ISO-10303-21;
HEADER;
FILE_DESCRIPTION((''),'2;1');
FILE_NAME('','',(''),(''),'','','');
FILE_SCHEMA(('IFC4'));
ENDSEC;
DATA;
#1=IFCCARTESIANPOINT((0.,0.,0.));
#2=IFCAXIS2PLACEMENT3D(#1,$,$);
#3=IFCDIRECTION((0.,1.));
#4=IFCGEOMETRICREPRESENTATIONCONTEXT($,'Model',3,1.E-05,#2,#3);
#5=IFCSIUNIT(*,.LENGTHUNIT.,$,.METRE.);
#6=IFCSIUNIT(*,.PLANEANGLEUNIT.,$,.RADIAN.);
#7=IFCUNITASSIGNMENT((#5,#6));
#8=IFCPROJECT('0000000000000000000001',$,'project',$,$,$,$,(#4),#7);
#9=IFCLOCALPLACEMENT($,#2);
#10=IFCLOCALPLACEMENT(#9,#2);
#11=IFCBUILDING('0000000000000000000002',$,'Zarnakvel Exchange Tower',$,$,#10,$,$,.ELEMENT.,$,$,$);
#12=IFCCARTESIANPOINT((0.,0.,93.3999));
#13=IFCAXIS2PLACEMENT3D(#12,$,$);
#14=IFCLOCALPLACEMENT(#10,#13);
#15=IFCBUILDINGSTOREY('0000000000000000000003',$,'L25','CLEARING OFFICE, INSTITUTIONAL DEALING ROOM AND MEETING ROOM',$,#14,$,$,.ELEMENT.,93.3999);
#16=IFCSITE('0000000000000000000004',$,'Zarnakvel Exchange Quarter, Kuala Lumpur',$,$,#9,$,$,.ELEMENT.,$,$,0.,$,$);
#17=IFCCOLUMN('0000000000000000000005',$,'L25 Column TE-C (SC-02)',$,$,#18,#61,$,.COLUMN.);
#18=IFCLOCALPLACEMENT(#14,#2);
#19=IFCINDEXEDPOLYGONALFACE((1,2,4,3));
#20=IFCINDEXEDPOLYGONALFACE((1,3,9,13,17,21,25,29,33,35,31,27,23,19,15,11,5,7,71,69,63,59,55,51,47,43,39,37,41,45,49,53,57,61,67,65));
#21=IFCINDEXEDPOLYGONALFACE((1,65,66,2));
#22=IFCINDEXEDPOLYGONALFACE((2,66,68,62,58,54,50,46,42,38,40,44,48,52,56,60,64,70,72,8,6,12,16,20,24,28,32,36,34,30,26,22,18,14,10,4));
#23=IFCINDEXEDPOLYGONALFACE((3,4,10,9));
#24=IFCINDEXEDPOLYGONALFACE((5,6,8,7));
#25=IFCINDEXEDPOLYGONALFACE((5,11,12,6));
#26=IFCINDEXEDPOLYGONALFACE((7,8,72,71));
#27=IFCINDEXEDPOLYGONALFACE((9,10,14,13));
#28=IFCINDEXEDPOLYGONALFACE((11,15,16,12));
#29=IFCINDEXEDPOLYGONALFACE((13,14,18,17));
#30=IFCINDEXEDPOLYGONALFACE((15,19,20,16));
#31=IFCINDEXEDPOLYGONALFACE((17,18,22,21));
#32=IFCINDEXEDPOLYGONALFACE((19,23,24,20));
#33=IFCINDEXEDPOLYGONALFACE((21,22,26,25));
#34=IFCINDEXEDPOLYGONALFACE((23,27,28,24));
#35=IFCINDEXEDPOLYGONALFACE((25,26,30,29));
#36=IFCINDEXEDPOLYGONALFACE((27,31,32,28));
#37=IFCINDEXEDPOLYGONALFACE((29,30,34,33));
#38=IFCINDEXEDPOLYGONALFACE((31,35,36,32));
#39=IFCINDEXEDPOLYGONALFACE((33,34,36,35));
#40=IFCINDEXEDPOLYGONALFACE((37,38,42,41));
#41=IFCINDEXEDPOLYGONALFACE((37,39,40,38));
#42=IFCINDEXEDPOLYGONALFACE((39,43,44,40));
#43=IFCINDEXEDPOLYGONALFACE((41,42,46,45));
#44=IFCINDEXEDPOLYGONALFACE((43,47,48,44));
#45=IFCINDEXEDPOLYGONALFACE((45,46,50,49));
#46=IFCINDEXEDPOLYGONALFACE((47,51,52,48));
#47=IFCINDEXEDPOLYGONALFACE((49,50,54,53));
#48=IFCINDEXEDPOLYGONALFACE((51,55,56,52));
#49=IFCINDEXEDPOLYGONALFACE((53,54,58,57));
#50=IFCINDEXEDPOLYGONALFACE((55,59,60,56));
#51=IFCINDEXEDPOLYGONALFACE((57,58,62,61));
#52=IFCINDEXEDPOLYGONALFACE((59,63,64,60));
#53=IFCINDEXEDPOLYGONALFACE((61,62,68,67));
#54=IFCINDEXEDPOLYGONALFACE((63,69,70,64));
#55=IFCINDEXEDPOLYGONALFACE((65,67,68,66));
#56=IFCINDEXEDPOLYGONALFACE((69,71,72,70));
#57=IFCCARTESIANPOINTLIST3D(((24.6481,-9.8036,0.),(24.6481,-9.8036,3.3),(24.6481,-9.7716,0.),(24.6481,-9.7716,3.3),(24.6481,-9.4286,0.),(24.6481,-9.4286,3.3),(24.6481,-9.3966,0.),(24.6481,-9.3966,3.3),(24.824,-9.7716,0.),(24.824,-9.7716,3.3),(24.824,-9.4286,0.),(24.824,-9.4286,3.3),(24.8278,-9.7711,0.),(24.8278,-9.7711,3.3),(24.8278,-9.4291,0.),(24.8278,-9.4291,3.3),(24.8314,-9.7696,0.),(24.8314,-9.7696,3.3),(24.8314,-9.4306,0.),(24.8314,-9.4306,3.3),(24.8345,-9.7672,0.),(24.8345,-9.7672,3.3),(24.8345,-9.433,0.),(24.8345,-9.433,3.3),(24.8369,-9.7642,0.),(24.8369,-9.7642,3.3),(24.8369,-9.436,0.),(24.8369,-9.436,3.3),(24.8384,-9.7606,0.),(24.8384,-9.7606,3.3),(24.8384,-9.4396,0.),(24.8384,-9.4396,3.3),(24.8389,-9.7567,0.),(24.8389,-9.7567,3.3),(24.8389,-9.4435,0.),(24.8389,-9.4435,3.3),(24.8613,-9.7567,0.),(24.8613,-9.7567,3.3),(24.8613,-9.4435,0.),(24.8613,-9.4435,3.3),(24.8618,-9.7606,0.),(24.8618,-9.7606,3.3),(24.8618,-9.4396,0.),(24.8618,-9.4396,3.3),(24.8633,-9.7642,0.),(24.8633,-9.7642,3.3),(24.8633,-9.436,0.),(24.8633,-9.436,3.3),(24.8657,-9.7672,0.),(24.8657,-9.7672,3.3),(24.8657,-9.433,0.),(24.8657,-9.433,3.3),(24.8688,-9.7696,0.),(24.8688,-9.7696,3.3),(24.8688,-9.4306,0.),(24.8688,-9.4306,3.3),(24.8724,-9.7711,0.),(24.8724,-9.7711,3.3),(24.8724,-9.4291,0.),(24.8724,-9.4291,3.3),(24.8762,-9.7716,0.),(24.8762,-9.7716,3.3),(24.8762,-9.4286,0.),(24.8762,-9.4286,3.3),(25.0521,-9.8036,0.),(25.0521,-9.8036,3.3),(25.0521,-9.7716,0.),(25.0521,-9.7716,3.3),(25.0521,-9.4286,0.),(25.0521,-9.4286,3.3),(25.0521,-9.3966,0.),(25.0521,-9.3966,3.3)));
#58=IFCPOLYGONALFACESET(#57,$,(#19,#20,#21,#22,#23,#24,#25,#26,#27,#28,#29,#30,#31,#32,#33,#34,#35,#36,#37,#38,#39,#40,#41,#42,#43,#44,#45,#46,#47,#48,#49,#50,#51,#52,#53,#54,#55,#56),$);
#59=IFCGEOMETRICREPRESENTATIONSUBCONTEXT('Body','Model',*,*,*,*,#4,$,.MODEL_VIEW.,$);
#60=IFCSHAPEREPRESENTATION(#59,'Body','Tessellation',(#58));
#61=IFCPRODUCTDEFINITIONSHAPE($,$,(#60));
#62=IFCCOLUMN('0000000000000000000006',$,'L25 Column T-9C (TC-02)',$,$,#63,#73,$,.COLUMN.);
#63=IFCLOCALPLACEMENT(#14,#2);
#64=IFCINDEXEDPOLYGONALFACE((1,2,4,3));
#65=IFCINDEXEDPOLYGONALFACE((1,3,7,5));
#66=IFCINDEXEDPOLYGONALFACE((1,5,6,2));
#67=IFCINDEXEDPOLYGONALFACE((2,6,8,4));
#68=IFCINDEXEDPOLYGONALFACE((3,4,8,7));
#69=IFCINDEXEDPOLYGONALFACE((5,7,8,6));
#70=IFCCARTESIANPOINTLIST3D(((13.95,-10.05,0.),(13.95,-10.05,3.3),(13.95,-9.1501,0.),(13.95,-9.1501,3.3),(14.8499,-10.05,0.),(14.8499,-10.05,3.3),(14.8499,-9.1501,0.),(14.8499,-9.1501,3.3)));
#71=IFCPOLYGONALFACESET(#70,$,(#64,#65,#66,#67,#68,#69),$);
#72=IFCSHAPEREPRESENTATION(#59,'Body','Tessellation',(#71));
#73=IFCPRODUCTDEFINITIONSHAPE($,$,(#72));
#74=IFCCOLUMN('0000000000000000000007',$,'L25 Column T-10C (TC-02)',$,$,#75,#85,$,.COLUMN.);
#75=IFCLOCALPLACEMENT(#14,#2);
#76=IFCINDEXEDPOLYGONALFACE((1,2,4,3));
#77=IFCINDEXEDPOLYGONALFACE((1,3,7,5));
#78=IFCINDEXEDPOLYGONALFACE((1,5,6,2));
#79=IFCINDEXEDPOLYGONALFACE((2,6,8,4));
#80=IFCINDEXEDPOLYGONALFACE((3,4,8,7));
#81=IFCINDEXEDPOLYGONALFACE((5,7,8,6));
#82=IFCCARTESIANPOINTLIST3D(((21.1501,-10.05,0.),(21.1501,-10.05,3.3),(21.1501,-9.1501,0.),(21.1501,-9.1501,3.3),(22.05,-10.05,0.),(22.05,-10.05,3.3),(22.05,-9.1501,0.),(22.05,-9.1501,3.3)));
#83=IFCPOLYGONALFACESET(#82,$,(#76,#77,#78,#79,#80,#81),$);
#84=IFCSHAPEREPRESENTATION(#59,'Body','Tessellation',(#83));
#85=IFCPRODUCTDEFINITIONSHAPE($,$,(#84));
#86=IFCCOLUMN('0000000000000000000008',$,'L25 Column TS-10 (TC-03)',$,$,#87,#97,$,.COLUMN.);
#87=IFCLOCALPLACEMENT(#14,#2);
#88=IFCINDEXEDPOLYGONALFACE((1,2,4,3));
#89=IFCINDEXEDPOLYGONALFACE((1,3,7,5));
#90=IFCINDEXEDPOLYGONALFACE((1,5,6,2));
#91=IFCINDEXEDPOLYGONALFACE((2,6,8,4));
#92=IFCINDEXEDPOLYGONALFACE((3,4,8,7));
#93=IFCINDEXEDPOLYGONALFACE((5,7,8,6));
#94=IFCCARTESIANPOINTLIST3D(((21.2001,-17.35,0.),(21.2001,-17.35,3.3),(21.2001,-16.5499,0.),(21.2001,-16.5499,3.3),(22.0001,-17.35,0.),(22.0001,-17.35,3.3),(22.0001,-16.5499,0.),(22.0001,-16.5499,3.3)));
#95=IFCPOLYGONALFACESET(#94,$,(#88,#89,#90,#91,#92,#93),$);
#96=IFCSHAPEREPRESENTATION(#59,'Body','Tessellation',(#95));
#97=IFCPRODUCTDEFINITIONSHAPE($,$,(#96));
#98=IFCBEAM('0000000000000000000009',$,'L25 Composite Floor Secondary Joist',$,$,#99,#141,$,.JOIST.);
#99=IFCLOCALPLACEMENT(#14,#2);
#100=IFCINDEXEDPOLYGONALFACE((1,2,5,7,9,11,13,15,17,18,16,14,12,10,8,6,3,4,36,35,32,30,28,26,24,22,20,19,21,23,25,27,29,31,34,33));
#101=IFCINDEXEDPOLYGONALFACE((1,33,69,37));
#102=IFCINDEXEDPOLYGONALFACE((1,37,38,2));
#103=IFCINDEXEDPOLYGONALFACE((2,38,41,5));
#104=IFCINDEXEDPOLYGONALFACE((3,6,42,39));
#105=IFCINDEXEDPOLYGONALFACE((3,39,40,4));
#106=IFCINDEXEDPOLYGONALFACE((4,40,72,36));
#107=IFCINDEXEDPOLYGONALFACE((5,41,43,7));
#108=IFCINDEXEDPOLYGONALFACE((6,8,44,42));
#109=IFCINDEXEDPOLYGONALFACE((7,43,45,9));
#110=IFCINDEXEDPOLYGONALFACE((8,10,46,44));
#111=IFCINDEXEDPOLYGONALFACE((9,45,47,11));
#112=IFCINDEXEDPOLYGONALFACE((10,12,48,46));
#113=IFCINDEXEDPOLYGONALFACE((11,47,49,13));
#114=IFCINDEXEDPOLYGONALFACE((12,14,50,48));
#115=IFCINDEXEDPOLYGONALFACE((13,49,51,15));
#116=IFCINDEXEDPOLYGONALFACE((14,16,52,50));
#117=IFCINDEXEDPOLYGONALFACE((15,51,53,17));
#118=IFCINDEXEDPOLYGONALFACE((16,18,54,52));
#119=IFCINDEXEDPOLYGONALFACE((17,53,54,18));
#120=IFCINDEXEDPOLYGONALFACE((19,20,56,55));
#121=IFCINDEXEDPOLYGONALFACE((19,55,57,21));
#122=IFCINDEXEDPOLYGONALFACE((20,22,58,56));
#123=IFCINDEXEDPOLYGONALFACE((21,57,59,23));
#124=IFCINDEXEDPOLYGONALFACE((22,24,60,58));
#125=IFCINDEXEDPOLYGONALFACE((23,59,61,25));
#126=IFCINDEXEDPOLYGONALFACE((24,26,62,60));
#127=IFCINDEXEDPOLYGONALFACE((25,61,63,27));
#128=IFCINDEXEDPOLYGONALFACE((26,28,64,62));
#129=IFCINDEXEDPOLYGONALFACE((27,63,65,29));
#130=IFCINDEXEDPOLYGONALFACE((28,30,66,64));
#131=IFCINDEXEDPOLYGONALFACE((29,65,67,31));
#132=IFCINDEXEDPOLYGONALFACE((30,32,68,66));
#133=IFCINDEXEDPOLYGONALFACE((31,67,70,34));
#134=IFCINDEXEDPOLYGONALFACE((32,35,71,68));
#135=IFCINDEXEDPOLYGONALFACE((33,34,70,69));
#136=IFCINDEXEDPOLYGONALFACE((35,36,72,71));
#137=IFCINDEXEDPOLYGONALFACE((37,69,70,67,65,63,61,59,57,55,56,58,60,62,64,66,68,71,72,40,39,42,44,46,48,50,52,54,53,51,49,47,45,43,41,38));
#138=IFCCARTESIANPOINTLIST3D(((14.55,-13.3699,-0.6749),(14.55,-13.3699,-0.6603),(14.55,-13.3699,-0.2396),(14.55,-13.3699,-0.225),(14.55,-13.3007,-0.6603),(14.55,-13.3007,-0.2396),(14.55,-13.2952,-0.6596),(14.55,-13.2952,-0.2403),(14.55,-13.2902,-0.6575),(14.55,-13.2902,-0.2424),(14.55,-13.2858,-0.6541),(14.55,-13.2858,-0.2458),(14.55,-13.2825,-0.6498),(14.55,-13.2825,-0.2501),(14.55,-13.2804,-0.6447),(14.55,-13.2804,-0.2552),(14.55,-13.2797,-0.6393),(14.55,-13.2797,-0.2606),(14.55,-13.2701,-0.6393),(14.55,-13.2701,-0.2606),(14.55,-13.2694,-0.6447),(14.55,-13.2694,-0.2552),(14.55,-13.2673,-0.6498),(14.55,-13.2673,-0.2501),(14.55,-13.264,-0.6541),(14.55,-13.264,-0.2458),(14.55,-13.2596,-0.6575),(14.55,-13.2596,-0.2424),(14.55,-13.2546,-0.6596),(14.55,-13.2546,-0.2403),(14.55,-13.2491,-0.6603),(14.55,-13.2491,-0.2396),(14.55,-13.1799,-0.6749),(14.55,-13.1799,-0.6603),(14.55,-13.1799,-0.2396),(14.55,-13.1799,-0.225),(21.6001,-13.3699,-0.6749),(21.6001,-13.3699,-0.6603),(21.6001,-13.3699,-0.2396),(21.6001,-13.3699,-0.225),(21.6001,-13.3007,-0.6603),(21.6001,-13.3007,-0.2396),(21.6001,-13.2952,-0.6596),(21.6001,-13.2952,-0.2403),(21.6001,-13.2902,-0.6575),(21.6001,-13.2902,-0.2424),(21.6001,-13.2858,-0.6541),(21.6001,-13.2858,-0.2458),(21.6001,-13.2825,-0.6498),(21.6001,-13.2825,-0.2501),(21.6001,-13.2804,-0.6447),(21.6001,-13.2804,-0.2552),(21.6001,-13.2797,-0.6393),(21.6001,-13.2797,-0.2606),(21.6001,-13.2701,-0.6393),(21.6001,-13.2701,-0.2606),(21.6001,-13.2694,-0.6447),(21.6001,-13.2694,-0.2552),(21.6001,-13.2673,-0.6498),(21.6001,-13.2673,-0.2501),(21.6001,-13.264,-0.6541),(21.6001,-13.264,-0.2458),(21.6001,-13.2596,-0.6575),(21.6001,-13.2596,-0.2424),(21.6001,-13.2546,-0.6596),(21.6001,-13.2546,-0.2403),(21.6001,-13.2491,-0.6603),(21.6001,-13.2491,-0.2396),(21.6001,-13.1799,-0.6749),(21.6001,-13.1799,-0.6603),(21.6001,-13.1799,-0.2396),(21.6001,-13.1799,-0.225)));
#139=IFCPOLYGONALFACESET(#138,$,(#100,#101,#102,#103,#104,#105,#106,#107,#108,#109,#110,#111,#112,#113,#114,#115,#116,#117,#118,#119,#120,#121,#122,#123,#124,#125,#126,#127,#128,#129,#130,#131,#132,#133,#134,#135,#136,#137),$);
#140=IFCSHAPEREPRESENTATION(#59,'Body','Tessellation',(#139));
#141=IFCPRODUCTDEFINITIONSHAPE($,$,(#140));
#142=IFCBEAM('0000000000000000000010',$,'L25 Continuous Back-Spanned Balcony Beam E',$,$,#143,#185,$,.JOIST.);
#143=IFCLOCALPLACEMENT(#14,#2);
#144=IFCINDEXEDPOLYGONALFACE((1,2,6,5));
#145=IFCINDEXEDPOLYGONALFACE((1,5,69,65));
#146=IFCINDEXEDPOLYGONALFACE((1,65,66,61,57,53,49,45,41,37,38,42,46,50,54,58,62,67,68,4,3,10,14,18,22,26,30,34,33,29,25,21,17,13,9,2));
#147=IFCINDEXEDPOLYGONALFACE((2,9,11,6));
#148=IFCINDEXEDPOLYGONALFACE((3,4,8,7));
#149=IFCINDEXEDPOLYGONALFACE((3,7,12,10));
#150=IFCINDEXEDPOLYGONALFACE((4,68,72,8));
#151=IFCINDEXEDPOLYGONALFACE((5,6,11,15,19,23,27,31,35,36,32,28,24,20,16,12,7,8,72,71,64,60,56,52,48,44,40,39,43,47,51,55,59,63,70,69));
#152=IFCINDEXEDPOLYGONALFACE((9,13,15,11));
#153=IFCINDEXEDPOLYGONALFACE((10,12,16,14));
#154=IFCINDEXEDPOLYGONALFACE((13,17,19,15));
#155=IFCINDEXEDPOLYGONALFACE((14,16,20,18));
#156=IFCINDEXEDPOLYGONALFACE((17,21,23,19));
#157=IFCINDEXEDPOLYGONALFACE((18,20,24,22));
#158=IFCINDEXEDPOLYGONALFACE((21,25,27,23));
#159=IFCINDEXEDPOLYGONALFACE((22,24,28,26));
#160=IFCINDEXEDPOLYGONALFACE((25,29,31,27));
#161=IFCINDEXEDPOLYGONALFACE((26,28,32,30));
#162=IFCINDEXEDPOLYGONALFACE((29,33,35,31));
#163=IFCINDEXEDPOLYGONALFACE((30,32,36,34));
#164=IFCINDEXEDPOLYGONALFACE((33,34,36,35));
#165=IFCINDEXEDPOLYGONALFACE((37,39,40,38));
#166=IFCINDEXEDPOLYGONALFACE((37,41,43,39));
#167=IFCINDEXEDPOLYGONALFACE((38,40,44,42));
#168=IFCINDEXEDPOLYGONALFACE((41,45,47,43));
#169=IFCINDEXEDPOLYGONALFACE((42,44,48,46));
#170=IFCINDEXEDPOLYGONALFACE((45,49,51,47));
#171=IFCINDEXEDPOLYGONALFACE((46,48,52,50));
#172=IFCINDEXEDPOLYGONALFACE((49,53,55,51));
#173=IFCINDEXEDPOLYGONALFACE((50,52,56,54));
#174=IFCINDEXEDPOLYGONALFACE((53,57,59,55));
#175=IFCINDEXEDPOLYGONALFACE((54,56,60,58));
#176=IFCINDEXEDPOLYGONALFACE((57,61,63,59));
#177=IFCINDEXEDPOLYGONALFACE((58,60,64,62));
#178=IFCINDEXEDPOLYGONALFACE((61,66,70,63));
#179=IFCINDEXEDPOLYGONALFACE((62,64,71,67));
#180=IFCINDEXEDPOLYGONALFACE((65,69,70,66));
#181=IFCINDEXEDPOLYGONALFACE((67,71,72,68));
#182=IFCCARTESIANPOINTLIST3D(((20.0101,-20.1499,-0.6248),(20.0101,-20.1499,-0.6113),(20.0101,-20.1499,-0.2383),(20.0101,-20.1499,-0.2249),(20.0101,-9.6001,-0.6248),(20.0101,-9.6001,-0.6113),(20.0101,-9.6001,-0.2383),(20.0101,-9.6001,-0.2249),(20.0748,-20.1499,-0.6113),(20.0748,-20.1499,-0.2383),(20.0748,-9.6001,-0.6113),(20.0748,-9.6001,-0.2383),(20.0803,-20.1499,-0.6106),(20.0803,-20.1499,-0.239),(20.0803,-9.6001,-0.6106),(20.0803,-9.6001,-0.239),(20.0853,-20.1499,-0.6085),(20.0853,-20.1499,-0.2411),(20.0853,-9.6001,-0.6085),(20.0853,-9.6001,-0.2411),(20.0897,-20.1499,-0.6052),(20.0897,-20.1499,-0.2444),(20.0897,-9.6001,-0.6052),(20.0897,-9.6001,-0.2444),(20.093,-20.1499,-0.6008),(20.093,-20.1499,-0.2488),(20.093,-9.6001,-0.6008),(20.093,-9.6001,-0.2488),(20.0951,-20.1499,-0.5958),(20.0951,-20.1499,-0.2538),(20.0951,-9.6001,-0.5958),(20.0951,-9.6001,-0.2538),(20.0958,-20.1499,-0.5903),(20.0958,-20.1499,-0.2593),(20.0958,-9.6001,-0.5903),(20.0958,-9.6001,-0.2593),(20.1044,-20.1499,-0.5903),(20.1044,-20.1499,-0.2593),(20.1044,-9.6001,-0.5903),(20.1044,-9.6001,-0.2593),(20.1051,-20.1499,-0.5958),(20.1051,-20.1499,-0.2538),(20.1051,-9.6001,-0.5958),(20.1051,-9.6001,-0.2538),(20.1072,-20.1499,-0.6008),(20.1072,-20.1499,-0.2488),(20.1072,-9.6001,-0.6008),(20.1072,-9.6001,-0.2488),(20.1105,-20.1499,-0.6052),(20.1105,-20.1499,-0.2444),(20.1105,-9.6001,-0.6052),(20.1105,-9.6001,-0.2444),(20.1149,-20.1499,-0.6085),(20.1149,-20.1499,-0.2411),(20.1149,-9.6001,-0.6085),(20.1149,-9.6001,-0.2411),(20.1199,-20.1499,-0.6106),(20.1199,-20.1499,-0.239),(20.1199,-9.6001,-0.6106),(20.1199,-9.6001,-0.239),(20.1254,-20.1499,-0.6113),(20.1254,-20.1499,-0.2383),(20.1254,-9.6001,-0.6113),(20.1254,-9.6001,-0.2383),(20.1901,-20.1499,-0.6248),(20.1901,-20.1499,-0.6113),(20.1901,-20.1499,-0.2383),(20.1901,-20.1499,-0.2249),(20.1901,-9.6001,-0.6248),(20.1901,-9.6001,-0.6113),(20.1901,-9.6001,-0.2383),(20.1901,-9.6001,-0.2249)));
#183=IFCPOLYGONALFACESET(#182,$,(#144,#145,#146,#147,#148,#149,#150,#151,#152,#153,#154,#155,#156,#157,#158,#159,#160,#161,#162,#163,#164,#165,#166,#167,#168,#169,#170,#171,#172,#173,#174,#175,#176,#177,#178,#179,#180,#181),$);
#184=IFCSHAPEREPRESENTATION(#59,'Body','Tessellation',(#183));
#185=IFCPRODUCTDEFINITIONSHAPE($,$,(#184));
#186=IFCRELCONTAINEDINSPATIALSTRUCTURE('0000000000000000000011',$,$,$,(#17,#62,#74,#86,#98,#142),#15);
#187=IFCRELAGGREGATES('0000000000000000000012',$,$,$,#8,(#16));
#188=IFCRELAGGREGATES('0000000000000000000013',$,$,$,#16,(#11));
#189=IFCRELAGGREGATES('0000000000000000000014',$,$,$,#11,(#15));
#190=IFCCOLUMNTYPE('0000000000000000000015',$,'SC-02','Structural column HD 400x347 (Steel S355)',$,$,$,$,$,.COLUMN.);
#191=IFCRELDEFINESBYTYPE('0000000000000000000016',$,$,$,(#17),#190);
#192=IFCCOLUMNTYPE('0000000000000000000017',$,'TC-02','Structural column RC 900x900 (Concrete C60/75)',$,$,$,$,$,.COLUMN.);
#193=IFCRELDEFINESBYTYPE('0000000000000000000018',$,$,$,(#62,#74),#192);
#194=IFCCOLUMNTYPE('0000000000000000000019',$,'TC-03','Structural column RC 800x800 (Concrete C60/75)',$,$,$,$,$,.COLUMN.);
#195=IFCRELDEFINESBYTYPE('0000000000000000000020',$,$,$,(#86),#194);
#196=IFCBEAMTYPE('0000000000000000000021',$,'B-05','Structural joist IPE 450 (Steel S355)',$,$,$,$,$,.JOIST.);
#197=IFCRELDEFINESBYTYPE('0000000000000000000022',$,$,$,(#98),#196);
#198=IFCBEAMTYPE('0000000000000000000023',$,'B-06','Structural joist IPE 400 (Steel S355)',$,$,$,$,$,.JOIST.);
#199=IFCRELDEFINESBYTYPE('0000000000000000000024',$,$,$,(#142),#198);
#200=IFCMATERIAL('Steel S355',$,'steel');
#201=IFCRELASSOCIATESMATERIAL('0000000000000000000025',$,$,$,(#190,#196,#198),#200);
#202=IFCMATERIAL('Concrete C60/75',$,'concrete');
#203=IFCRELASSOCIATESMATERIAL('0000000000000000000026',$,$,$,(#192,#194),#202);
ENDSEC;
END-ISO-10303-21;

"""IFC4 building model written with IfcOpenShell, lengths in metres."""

from ifc_helpers import new_model, si_unit, direction, frame, origin, origin_2d, place, context, subcontext, project, spatial, rectangle, i_section, extrude, material, material_profile, profile_set, type_object, element, save


model = new_model("IFC4")

# Units and contexts
model_context = context("Model", 3, precision=1e-05, world=origin(), true_north=direction((0.0, 1.0)))
body_context = subcontext(model_context, "Body", "Model", "MODEL_VIEW")
ifc_project = project(units=[si_unit("LENGTHUNIT", "METRE"), si_unit("PLANEANGLEUNIT", "RADIAN")], contexts=[model_context])

# Site, building, storey
site_placement = place(None, origin())
site = spatial("IfcSite", under=ifc_project, at=site_placement, Name="Zarnakvel Exchange Quarter, Kuala Lumpur", CompositionType="ELEMENT", RefElevation=0.0)
building_placement = place(site_placement, origin())
building = spatial("IfcBuilding", under=site, at=building_placement, Name="Zarnakvel Exchange Tower", CompositionType="ELEMENT")
storey_placement = place(building_placement, frame((0.0, 0.0, 93.3999)))
storey = spatial("IfcBuildingStorey", under=building, at=storey_placement, Name="L25", Description="CLEARING OFFICE, INSTITUTIONAL DEALING ROOM AND MEETING ROOM", CompositionType="ELEMENT", Elevation=93.3999)

# Columns
ifc_material_1 = material(Name="Steel S355", Category="steel")
ifc_material_profile_1 = material_profile(ifc_material_1, i_section(OverallWidth=0.4041, OverallDepth=0.407, WebThickness=0.0225, FlangeThickness=0.032, FilletRadius=0.0149, at=origin_2d()))
ifc_profile_set_1 = profile_set([ifc_material_profile_1], Name="Steel S355")
column_type_1 = type_object("IfcColumnType", Name="SC-02", Description="Structural column HD 400x347 (Steel S355)", PredefinedType="COLUMN", material=ifc_profile_set_1)
column_1_placement = place(storey_placement, frame((24.8501, -9.6001, 0.0), z_axis=(0.0, 0.0, 1.0), x_axis=(1.0, 0.0, 0.0)))
element("IfcColumn", 1, at=column_1_placement, inside=storey, type_object=column_type_1, Name="L25 Column TE-C (SC-02)", PredefinedType="COLUMN", context=body_context, shape_type="SweptSolid", body=[
    extrude(i_section(OverallWidth=0.4041, OverallDepth=0.407, WebThickness=0.0225, FlangeThickness=0.032, FilletRadius=0.0149, at=origin_2d()), origin(), (0.0, 0.0, 1.0), 3.3),
])
ifc_material_2 = material(Name="Concrete C60/75", Category="concrete")
ifc_material_profile_2 = material_profile(ifc_material_2, rectangle(XDim=0.8999, YDim=0.8999, at=origin_2d()))
ifc_profile_set_2 = profile_set([ifc_material_profile_2], Name="Concrete C60/75")
column_type_2 = type_object("IfcColumnType", Name="TC-02", Description="Structural column RC 900x900 (Concrete C60/75)", PredefinedType="COLUMN", material=ifc_profile_set_2)
for number, where, z_axis, x_axis, name in (
    (2, (14.3999, -9.6001, 0.0), (0.0, 0.0, 1.0), (1.0, 0.0, 0.0), "L25 Column T-9C (TC-02)"),
    (3, (21.6001, -9.6001, 0.0), (0.0, 0.0, 1.0), (1.0, 0.0, 0.0), "L25 Column T-10C (TC-02)"),
):
    element("IfcColumn", number, at=place(storey_placement, frame(where, z_axis=z_axis, x_axis=x_axis)), inside=storey, type_object=column_type_2, Name=name, PredefinedType="COLUMN", context=body_context, shape_type="SweptSolid", body=[
        extrude(rectangle(XDim=0.8999, YDim=0.8999, at=origin_2d()), origin(), (0.0, 0.0, 1.0), 3.3),
    ])
ifc_material_profile_3 = material_profile(ifc_material_2, rectangle(XDim=0.8, YDim=0.8, at=origin_2d()))
ifc_profile_set_3 = profile_set([ifc_material_profile_3], Name="Concrete C60/75")
column_type_3 = type_object("IfcColumnType", Name="TC-03", Description="Structural column RC 800x800 (Concrete C60/75)", PredefinedType="COLUMN", material=ifc_profile_set_3)
column_2_placement = place(storey_placement, frame((21.6001, -16.95, 0.0), z_axis=(0.0, 0.0, 1.0), x_axis=(1.0, 0.0, 0.0)))
element("IfcColumn", 4, at=column_2_placement, inside=storey, type_object=column_type_3, Name="L25 Column TS-10 (TC-03)", PredefinedType="COLUMN", context=body_context, shape_type="SweptSolid", body=[
    extrude(rectangle(XDim=0.8, YDim=0.8, at=origin_2d()), origin(), (0.0, 0.0, 1.0), 3.3),
])

# Beams
ifc_material_profile_4 = material_profile(ifc_material_1, i_section(OverallWidth=0.1899, OverallDepth=0.45, WebThickness=0.0095, FlangeThickness=0.0146, FilletRadius=0.021, at=origin_2d()))
ifc_profile_set_4 = profile_set([ifc_material_profile_4], Name="Steel S355")
beam_type_1 = type_object("IfcBeamType", Name="B-05", Description="Structural joist IPE 450 (Steel S355)", PredefinedType="JOIST", material=ifc_profile_set_4)
beam_1_placement = place(storey_placement, frame((14.55, -13.2749, -0.45), z_axis=(1.0, 0.0, 0.0), x_axis=(0.0, 1.0, 0.0)))
element("IfcBeam", 5, at=beam_1_placement, inside=storey, type_object=beam_type_1, Name="L25 Composite Floor Secondary Joist", PredefinedType="JOIST", context=body_context, shape_type="SweptSolid", body=[
    extrude(i_section(OverallWidth=0.1899, OverallDepth=0.45, WebThickness=0.0095, FlangeThickness=0.0146, FilletRadius=0.021, at=origin_2d()), origin(), (0.0, 0.0, 1.0), 7.05),
])
ifc_material_profile_5 = material_profile(ifc_material_1, i_section(OverallWidth=0.1799, OverallDepth=0.3999, WebThickness=0.0085, FlangeThickness=0.0134, FilletRadius=0.021, at=origin_2d()))
ifc_profile_set_5 = profile_set([ifc_material_profile_5], Name="Steel S355")
beam_type_2 = type_object("IfcBeamType", Name="B-06", Description="Structural joist IPE 400 (Steel S355)", PredefinedType="JOIST", material=ifc_profile_set_5)
beam_2_placement = place(storey_placement, frame((20.1001, -9.6001, -0.4248), z_axis=(0.0, -1.0, 0.0), x_axis=(1.0, 0.0, 0.0)))
element("IfcBeam", 6, at=beam_2_placement, inside=storey, type_object=beam_type_2, Name="L25 Continuous Back-Spanned Balcony Beam E", PredefinedType="JOIST", context=body_context, shape_type="SweptSolid", body=[
    extrude(i_section(OverallWidth=0.1799, OverallDepth=0.3999, WebThickness=0.0085, FlangeThickness=0.0134, FilletRadius=0.021, at=origin_2d()), origin(), (0.0, 0.0, 1.0), 10.5498),
])

save(model, "model.ifc")
